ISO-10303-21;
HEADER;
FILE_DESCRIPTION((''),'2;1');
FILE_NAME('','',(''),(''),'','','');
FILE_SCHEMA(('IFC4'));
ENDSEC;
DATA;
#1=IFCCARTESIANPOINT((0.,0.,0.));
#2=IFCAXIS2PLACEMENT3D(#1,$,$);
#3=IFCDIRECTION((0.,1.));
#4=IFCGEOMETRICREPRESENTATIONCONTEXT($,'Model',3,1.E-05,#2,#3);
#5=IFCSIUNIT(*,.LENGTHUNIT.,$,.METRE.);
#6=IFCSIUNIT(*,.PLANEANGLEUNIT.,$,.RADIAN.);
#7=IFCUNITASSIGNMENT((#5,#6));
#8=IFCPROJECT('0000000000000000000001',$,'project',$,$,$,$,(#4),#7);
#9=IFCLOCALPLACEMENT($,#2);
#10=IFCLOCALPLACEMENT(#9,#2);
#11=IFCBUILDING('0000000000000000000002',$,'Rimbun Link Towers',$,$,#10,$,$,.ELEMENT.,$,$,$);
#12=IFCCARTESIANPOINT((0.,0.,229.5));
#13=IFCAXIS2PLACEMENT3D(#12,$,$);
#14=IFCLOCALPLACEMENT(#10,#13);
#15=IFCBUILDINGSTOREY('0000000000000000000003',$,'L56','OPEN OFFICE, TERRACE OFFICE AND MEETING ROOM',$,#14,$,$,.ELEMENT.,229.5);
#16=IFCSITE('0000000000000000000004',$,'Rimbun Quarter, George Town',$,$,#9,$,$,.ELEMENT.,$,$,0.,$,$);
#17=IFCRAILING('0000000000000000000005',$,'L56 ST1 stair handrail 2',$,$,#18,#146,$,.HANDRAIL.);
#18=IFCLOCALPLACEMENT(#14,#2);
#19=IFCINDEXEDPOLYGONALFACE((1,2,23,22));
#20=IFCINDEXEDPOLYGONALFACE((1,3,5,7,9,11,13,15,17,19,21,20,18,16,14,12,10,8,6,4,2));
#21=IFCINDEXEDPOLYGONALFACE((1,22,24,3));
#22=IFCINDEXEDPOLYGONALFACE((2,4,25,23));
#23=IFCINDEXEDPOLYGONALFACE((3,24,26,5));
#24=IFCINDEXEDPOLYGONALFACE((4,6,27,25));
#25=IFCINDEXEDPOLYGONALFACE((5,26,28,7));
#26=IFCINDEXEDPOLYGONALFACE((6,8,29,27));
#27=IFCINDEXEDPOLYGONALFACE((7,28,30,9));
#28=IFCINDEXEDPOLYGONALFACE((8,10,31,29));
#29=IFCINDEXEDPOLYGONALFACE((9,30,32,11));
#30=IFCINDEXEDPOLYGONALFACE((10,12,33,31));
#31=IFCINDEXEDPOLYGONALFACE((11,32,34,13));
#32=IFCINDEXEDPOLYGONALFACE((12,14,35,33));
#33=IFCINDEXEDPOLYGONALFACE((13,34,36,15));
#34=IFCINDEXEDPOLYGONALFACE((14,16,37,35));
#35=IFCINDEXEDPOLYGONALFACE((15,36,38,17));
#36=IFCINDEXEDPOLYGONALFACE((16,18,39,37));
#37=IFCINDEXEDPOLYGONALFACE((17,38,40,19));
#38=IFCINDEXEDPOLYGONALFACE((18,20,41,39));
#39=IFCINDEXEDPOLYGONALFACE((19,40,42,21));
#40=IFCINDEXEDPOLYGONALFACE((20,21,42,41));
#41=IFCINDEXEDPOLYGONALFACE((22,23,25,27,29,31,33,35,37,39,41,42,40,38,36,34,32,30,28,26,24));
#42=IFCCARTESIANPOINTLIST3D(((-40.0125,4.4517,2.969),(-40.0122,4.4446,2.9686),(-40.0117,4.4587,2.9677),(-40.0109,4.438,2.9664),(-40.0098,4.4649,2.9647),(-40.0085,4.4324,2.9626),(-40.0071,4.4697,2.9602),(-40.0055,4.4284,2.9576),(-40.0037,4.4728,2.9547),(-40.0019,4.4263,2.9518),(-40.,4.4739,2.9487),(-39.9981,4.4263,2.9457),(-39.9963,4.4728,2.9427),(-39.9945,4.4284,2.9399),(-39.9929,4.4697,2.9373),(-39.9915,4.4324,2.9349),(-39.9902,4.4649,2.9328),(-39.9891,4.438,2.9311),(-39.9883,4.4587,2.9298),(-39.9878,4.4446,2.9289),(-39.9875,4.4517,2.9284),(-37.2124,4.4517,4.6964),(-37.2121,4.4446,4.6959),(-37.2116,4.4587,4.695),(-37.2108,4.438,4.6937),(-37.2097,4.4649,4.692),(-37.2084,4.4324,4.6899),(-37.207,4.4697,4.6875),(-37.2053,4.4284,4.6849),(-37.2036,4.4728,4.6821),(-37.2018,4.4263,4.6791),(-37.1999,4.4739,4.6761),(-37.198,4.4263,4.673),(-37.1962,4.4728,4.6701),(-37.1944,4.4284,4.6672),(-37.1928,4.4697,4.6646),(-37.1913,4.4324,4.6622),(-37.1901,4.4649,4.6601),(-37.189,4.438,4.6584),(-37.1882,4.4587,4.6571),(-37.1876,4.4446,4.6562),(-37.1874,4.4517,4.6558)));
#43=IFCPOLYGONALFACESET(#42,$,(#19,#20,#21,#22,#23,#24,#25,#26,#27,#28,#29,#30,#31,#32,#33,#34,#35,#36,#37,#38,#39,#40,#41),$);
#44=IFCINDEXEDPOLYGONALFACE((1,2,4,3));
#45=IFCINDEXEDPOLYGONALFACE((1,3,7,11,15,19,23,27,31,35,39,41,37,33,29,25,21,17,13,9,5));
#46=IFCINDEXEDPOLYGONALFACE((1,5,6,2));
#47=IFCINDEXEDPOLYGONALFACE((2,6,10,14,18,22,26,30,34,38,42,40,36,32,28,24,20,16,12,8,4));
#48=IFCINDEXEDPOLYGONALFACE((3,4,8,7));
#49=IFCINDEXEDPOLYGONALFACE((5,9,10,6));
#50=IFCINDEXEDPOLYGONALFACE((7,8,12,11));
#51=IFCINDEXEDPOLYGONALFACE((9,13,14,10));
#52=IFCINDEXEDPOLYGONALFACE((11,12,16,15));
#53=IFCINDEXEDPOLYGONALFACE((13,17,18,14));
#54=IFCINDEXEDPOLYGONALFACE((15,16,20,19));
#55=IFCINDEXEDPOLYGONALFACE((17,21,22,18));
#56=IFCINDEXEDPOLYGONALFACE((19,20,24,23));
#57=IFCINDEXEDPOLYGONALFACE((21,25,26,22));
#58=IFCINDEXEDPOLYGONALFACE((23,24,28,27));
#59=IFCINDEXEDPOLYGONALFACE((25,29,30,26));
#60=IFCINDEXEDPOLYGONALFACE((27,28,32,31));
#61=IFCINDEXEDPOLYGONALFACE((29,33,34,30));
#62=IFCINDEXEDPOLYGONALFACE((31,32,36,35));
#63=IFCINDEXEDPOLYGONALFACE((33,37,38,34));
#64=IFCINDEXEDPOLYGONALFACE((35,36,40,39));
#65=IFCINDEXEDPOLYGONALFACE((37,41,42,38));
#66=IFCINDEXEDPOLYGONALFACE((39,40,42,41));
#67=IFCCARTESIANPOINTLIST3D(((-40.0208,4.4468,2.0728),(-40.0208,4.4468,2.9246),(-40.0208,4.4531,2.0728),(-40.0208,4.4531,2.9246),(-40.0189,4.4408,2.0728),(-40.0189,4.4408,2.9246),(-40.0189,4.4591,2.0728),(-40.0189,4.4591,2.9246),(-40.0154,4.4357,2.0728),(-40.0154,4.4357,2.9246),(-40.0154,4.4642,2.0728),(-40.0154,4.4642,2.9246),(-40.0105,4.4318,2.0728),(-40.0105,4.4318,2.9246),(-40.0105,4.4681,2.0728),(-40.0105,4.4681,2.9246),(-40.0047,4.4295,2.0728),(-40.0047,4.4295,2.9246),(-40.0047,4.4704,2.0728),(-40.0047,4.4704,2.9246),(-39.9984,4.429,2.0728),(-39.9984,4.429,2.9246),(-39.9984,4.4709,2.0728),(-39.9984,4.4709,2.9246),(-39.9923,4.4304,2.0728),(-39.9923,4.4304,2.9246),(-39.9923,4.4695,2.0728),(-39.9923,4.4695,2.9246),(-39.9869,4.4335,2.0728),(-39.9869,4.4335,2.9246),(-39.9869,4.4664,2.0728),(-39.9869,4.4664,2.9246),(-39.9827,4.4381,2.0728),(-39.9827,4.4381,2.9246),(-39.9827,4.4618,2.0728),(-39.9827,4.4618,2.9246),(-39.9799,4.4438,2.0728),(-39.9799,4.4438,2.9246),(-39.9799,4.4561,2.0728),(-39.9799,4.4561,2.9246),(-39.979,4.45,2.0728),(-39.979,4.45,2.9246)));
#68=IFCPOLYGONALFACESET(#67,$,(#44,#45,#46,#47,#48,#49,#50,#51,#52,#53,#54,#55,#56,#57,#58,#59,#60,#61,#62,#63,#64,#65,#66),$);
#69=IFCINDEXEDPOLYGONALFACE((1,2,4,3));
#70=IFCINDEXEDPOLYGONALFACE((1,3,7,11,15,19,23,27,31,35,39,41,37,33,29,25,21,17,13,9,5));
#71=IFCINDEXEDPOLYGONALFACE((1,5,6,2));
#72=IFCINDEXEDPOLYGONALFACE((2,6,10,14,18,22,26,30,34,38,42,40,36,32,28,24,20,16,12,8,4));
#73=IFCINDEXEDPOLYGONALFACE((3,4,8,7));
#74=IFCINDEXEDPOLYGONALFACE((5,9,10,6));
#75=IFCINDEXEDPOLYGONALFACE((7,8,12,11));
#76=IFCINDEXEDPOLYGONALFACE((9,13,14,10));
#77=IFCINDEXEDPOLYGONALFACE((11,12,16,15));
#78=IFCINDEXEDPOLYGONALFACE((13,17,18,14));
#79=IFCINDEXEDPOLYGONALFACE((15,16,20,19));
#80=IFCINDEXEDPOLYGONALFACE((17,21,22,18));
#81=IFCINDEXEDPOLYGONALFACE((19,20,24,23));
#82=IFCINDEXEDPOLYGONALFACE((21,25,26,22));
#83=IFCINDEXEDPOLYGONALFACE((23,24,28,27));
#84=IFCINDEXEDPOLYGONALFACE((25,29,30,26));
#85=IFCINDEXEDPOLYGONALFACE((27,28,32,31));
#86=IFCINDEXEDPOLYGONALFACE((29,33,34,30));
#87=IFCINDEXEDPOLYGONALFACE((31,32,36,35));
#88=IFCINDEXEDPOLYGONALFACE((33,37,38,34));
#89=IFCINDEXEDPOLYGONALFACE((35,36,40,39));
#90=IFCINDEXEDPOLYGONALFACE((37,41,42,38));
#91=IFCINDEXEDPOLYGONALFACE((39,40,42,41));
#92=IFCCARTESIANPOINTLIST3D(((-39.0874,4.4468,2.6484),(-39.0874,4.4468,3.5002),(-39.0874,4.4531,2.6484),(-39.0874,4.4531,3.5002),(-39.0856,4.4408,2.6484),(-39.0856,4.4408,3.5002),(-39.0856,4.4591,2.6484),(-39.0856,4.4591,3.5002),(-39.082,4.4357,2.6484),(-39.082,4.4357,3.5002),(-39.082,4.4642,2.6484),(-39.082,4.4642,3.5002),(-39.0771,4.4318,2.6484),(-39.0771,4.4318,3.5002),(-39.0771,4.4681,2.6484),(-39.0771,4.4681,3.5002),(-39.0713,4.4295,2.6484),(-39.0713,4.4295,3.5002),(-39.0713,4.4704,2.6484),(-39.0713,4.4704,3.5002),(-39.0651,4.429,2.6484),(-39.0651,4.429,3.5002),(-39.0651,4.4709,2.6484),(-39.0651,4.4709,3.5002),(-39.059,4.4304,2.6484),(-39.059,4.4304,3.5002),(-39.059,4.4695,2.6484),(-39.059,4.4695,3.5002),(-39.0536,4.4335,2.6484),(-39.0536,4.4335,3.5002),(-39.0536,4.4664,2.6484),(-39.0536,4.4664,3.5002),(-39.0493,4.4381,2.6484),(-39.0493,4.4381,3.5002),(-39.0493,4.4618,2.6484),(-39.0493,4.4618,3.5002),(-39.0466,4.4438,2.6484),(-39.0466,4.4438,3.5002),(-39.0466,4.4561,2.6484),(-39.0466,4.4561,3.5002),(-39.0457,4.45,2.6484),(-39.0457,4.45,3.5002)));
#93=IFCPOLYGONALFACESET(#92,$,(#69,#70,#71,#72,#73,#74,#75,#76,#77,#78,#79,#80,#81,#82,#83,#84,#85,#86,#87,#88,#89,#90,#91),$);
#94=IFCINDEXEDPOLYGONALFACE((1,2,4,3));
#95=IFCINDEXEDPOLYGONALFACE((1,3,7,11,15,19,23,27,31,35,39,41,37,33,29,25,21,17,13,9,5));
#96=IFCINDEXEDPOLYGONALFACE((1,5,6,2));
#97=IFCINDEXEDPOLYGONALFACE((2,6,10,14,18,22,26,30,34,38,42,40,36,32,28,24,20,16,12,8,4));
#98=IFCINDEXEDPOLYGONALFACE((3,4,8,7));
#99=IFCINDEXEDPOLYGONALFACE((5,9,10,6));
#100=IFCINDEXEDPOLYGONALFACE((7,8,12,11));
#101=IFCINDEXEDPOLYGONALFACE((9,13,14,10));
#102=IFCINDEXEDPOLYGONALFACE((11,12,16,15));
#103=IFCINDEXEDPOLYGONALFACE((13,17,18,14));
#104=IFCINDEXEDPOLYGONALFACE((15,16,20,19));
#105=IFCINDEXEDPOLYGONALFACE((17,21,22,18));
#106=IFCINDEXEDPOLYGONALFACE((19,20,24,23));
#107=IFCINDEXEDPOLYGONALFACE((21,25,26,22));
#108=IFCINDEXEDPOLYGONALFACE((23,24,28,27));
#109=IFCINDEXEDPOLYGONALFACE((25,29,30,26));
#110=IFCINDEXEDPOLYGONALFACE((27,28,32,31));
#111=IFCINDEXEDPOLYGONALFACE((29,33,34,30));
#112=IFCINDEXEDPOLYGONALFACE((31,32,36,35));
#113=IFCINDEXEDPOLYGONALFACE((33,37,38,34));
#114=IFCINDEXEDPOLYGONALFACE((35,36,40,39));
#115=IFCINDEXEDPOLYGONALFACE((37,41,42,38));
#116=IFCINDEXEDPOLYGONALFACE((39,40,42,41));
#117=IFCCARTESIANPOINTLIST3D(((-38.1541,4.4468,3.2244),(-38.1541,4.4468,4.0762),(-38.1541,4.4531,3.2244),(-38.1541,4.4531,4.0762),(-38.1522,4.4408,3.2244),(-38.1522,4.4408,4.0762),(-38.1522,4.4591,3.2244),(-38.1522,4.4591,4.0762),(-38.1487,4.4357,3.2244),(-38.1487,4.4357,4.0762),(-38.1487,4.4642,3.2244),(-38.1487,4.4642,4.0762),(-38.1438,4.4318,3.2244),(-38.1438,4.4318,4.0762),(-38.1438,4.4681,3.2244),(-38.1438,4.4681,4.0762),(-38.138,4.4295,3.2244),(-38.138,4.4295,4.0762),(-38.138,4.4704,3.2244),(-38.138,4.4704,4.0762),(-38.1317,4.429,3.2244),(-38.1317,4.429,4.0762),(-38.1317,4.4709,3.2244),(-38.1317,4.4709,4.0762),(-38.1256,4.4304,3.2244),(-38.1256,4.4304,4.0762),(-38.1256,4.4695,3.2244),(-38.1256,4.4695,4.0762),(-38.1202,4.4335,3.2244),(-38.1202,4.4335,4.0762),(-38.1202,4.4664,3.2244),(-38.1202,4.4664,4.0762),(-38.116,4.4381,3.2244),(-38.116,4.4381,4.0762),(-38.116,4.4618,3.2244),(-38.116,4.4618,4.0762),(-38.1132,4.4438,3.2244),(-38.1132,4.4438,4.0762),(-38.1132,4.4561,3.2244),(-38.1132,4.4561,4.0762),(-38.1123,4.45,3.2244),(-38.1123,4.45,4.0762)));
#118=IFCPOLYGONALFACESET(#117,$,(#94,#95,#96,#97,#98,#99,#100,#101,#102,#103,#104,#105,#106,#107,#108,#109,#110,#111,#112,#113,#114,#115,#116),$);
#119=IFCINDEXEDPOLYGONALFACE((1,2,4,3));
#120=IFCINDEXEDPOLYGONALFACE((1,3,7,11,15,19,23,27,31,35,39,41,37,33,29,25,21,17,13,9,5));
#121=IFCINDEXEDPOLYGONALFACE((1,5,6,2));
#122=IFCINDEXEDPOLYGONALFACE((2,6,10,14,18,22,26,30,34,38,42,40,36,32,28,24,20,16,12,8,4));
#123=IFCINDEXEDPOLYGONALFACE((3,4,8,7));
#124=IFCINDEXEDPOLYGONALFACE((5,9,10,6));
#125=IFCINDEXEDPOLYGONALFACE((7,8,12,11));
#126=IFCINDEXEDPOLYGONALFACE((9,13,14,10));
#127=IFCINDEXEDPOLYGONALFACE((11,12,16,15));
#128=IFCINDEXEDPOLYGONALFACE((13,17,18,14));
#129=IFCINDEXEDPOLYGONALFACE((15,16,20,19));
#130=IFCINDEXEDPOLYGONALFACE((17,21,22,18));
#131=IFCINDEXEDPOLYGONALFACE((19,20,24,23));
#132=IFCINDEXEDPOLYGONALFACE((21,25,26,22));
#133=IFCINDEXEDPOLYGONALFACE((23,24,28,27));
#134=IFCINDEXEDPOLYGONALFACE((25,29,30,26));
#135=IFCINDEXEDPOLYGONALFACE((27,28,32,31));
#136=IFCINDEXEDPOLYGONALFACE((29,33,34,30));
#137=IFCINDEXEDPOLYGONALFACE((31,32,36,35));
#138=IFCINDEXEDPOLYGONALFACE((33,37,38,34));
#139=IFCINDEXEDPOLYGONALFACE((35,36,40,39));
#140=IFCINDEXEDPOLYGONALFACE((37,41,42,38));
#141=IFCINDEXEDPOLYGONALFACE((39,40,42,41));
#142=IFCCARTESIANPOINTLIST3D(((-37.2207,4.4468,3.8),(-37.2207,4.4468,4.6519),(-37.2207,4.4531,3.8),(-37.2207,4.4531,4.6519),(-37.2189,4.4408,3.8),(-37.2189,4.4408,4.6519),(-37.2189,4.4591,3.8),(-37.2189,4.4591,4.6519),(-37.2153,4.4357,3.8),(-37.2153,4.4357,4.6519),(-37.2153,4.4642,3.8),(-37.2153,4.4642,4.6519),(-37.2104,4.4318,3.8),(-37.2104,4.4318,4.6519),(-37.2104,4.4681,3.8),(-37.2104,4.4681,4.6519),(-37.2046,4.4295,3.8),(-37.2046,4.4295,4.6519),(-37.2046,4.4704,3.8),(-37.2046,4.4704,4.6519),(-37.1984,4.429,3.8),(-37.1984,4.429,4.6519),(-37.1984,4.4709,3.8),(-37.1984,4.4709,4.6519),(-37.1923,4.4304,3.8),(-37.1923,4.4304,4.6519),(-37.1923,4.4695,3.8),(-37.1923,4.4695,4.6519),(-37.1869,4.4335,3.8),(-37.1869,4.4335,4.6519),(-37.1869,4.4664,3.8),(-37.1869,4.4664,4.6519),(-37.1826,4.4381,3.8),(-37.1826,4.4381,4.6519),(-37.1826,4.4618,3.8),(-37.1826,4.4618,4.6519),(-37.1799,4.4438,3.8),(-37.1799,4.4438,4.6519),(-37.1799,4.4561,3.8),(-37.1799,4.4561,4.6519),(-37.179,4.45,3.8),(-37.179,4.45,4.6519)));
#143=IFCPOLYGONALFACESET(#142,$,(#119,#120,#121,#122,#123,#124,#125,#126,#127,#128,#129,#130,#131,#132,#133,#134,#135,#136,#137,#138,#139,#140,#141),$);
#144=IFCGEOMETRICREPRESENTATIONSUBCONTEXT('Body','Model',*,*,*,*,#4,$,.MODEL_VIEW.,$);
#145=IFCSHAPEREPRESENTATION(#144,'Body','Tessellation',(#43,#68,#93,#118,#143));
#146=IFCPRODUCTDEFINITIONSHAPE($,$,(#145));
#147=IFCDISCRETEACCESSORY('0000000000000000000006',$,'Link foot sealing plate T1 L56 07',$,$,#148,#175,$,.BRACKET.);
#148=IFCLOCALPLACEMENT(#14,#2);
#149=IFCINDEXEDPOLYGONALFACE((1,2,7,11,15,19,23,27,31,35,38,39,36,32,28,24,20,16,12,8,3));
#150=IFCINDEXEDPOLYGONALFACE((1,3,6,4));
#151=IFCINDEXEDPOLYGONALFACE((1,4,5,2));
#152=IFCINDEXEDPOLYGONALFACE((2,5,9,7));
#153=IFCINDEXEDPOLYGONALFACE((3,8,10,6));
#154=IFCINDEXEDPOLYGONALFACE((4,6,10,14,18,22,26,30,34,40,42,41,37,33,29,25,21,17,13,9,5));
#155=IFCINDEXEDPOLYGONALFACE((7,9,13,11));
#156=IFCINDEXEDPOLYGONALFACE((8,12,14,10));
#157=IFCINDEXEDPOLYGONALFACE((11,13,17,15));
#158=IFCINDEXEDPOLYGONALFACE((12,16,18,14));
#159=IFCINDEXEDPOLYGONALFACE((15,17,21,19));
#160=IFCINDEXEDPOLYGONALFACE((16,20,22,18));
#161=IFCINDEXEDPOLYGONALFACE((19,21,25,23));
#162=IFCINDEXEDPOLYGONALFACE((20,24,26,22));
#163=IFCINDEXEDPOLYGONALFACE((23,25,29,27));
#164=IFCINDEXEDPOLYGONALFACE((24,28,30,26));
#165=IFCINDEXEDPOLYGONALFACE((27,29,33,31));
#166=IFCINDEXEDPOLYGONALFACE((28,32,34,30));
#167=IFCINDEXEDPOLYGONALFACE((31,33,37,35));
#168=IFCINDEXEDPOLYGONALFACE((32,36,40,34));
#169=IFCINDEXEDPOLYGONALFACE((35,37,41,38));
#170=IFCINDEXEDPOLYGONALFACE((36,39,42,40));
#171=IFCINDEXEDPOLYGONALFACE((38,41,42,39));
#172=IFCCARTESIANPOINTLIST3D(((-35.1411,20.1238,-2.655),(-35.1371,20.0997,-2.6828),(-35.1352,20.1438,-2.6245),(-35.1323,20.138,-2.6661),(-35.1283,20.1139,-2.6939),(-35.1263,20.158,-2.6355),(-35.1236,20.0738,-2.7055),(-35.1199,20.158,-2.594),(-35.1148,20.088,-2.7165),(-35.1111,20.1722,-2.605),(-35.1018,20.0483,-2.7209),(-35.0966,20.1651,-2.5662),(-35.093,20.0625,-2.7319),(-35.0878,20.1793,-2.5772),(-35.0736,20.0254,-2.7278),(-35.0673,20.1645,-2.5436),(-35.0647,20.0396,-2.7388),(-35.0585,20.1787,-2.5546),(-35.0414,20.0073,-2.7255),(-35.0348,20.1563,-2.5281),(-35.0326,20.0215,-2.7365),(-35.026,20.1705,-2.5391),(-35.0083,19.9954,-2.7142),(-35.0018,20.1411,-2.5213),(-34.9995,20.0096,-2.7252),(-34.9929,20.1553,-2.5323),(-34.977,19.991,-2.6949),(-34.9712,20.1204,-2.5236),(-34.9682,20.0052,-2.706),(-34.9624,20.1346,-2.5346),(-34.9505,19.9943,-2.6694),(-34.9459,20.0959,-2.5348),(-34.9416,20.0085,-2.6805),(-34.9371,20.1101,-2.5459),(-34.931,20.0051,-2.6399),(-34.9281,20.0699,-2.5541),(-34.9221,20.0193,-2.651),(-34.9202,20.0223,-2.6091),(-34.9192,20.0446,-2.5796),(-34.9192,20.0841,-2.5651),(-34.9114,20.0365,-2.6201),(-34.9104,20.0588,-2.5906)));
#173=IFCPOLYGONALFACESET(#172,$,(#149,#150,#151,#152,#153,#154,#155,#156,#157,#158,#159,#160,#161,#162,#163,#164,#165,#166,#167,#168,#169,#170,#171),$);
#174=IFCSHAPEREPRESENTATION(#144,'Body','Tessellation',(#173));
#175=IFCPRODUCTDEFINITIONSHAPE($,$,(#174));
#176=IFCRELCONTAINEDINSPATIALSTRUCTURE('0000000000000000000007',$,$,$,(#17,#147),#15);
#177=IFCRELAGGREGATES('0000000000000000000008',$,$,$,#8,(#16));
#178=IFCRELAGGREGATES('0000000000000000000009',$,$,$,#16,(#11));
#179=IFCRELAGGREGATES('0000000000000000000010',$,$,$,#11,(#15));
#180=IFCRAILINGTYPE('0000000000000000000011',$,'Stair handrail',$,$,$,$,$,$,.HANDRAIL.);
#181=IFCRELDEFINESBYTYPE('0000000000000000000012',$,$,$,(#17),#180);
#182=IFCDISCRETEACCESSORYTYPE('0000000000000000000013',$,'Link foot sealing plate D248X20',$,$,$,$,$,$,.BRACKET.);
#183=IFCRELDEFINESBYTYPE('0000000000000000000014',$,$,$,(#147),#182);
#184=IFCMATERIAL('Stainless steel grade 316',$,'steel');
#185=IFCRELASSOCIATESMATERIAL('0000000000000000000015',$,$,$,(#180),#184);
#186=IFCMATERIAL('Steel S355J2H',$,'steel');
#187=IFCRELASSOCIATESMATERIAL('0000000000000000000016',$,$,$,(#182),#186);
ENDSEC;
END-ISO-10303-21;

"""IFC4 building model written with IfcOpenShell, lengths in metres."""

from ifc_helpers import new_model, si_unit, direction, frame, origin, origin_2d, place, context, subcontext, project, spatial, circle, extrude, material, material_profile, profile_set, type_object, element, save


model = new_model("IFC4")

# Units and contexts
model_context = context("Model", 3, precision=1e-05, world=origin(), true_north=direction((0.0, 1.0)))
body_context = subcontext(model_context, "Body", "Model", "MODEL_VIEW")
ifc_project = project(units=[si_unit("LENGTHUNIT", "METRE"), si_unit("PLANEANGLEUNIT", "RADIAN")], contexts=[model_context])

# Site, building, storey
site_placement = place(None, origin())
site = spatial("IfcSite", under=ifc_project, at=site_placement, Name="Rimbun Quarter, George Town", CompositionType="ELEMENT", RefElevation=0.0)
building_placement = place(site_placement, origin())
building = spatial("IfcBuilding", under=site, at=building_placement, Name="Rimbun Link Towers", CompositionType="ELEMENT")
storey_placement = place(building_placement, frame((0.0, 0.0, 229.5)))
storey = spatial("IfcBuildingStorey", under=building, at=storey_placement, Name="L56", Description="OPEN OFFICE, TERRACE OFFICE AND MEETING ROOM", CompositionType="ELEMENT", Elevation=229.5)

# Railing
ifc_material_1 = material(Name="Stainless steel grade 316", Category="steel")
railing_type_1 = type_object("IfcRailingType", Name="Stair handrail", PredefinedType="HANDRAIL", material=ifc_material_1)
railing_1_placement = place(storey_placement, frame((-40.0, 4.45, 2.0728)))
element("IfcRailing", 1, at=railing_1_placement, inside=storey, type_object=railing_type_1, Name="L56 ST1 stair handrail 2", PredefinedType="HANDRAIL", context=body_context, shape_type="SweptSolid", body=[
    extrude(circle(Radius=0.0239, at=origin_2d()), frame((0.0, 0.0, 0.876), z_axis=(0.85109, 0.0, 0.52502), x_axis=(0.0, 1.0, 0.0)), (0.0, 0.0, 1.0), 3.29),
    extrude(circle(Radius=0.021, at=origin_2d()), origin(), (0.0, 0.0, 1.0), 0.8518),
    extrude(circle(Radius=0.021, at=origin_2d()), frame((0.9333, 0.0, 0.5757)), (0.0, 0.0, 1.0), 0.8518),
    extrude(circle(Radius=0.021, at=origin_2d()), frame((1.8667, 0.0, 1.1516)), (0.0, 0.0, 1.0), 0.8518),
    extrude(circle(Radius=0.021, at=origin_2d()), frame((2.8, 0.0, 1.7273)), (0.0, 0.0, 1.0), 0.8518),
])

# Discrete accessory
ifc_material_2 = material(Name="Steel S355J2H", Category="steel")
ifc_material_profile_1 = material_profile(ifc_material_2, circle(Radius=0.124, at=origin_2d()), Name="PL D248")
ifc_profile_set_1 = profile_set([ifc_material_profile_1], Name="Steel S355J2H")
discrete_accessory_type = type_object("IfcDiscreteAccessoryType", Name="Link foot sealing plate D248X20", PredefinedType="BRACKET", material=ifc_profile_set_1)
discrete_accessory_placement = place(storey_placement, frame((-35.0298, 20.0784, -2.6245), z_axis=(0.440303, 0.709377, -0.550379), x_axis=(-0.84964, 0.527363, 0.0)))
element("IfcDiscreteAccessory", 2, at=discrete_accessory_placement, inside=storey, type_object=discrete_accessory_type, Name="Link foot sealing plate T1 L56 07", PredefinedType="BRACKET", context=body_context, shape_type="SweptSolid", body=[
    extrude(circle(Radius=0.124, at=origin_2d()), origin(), (0.0, 0.0, 1.0), 0.02),
])

save(model, "model.ifc")
